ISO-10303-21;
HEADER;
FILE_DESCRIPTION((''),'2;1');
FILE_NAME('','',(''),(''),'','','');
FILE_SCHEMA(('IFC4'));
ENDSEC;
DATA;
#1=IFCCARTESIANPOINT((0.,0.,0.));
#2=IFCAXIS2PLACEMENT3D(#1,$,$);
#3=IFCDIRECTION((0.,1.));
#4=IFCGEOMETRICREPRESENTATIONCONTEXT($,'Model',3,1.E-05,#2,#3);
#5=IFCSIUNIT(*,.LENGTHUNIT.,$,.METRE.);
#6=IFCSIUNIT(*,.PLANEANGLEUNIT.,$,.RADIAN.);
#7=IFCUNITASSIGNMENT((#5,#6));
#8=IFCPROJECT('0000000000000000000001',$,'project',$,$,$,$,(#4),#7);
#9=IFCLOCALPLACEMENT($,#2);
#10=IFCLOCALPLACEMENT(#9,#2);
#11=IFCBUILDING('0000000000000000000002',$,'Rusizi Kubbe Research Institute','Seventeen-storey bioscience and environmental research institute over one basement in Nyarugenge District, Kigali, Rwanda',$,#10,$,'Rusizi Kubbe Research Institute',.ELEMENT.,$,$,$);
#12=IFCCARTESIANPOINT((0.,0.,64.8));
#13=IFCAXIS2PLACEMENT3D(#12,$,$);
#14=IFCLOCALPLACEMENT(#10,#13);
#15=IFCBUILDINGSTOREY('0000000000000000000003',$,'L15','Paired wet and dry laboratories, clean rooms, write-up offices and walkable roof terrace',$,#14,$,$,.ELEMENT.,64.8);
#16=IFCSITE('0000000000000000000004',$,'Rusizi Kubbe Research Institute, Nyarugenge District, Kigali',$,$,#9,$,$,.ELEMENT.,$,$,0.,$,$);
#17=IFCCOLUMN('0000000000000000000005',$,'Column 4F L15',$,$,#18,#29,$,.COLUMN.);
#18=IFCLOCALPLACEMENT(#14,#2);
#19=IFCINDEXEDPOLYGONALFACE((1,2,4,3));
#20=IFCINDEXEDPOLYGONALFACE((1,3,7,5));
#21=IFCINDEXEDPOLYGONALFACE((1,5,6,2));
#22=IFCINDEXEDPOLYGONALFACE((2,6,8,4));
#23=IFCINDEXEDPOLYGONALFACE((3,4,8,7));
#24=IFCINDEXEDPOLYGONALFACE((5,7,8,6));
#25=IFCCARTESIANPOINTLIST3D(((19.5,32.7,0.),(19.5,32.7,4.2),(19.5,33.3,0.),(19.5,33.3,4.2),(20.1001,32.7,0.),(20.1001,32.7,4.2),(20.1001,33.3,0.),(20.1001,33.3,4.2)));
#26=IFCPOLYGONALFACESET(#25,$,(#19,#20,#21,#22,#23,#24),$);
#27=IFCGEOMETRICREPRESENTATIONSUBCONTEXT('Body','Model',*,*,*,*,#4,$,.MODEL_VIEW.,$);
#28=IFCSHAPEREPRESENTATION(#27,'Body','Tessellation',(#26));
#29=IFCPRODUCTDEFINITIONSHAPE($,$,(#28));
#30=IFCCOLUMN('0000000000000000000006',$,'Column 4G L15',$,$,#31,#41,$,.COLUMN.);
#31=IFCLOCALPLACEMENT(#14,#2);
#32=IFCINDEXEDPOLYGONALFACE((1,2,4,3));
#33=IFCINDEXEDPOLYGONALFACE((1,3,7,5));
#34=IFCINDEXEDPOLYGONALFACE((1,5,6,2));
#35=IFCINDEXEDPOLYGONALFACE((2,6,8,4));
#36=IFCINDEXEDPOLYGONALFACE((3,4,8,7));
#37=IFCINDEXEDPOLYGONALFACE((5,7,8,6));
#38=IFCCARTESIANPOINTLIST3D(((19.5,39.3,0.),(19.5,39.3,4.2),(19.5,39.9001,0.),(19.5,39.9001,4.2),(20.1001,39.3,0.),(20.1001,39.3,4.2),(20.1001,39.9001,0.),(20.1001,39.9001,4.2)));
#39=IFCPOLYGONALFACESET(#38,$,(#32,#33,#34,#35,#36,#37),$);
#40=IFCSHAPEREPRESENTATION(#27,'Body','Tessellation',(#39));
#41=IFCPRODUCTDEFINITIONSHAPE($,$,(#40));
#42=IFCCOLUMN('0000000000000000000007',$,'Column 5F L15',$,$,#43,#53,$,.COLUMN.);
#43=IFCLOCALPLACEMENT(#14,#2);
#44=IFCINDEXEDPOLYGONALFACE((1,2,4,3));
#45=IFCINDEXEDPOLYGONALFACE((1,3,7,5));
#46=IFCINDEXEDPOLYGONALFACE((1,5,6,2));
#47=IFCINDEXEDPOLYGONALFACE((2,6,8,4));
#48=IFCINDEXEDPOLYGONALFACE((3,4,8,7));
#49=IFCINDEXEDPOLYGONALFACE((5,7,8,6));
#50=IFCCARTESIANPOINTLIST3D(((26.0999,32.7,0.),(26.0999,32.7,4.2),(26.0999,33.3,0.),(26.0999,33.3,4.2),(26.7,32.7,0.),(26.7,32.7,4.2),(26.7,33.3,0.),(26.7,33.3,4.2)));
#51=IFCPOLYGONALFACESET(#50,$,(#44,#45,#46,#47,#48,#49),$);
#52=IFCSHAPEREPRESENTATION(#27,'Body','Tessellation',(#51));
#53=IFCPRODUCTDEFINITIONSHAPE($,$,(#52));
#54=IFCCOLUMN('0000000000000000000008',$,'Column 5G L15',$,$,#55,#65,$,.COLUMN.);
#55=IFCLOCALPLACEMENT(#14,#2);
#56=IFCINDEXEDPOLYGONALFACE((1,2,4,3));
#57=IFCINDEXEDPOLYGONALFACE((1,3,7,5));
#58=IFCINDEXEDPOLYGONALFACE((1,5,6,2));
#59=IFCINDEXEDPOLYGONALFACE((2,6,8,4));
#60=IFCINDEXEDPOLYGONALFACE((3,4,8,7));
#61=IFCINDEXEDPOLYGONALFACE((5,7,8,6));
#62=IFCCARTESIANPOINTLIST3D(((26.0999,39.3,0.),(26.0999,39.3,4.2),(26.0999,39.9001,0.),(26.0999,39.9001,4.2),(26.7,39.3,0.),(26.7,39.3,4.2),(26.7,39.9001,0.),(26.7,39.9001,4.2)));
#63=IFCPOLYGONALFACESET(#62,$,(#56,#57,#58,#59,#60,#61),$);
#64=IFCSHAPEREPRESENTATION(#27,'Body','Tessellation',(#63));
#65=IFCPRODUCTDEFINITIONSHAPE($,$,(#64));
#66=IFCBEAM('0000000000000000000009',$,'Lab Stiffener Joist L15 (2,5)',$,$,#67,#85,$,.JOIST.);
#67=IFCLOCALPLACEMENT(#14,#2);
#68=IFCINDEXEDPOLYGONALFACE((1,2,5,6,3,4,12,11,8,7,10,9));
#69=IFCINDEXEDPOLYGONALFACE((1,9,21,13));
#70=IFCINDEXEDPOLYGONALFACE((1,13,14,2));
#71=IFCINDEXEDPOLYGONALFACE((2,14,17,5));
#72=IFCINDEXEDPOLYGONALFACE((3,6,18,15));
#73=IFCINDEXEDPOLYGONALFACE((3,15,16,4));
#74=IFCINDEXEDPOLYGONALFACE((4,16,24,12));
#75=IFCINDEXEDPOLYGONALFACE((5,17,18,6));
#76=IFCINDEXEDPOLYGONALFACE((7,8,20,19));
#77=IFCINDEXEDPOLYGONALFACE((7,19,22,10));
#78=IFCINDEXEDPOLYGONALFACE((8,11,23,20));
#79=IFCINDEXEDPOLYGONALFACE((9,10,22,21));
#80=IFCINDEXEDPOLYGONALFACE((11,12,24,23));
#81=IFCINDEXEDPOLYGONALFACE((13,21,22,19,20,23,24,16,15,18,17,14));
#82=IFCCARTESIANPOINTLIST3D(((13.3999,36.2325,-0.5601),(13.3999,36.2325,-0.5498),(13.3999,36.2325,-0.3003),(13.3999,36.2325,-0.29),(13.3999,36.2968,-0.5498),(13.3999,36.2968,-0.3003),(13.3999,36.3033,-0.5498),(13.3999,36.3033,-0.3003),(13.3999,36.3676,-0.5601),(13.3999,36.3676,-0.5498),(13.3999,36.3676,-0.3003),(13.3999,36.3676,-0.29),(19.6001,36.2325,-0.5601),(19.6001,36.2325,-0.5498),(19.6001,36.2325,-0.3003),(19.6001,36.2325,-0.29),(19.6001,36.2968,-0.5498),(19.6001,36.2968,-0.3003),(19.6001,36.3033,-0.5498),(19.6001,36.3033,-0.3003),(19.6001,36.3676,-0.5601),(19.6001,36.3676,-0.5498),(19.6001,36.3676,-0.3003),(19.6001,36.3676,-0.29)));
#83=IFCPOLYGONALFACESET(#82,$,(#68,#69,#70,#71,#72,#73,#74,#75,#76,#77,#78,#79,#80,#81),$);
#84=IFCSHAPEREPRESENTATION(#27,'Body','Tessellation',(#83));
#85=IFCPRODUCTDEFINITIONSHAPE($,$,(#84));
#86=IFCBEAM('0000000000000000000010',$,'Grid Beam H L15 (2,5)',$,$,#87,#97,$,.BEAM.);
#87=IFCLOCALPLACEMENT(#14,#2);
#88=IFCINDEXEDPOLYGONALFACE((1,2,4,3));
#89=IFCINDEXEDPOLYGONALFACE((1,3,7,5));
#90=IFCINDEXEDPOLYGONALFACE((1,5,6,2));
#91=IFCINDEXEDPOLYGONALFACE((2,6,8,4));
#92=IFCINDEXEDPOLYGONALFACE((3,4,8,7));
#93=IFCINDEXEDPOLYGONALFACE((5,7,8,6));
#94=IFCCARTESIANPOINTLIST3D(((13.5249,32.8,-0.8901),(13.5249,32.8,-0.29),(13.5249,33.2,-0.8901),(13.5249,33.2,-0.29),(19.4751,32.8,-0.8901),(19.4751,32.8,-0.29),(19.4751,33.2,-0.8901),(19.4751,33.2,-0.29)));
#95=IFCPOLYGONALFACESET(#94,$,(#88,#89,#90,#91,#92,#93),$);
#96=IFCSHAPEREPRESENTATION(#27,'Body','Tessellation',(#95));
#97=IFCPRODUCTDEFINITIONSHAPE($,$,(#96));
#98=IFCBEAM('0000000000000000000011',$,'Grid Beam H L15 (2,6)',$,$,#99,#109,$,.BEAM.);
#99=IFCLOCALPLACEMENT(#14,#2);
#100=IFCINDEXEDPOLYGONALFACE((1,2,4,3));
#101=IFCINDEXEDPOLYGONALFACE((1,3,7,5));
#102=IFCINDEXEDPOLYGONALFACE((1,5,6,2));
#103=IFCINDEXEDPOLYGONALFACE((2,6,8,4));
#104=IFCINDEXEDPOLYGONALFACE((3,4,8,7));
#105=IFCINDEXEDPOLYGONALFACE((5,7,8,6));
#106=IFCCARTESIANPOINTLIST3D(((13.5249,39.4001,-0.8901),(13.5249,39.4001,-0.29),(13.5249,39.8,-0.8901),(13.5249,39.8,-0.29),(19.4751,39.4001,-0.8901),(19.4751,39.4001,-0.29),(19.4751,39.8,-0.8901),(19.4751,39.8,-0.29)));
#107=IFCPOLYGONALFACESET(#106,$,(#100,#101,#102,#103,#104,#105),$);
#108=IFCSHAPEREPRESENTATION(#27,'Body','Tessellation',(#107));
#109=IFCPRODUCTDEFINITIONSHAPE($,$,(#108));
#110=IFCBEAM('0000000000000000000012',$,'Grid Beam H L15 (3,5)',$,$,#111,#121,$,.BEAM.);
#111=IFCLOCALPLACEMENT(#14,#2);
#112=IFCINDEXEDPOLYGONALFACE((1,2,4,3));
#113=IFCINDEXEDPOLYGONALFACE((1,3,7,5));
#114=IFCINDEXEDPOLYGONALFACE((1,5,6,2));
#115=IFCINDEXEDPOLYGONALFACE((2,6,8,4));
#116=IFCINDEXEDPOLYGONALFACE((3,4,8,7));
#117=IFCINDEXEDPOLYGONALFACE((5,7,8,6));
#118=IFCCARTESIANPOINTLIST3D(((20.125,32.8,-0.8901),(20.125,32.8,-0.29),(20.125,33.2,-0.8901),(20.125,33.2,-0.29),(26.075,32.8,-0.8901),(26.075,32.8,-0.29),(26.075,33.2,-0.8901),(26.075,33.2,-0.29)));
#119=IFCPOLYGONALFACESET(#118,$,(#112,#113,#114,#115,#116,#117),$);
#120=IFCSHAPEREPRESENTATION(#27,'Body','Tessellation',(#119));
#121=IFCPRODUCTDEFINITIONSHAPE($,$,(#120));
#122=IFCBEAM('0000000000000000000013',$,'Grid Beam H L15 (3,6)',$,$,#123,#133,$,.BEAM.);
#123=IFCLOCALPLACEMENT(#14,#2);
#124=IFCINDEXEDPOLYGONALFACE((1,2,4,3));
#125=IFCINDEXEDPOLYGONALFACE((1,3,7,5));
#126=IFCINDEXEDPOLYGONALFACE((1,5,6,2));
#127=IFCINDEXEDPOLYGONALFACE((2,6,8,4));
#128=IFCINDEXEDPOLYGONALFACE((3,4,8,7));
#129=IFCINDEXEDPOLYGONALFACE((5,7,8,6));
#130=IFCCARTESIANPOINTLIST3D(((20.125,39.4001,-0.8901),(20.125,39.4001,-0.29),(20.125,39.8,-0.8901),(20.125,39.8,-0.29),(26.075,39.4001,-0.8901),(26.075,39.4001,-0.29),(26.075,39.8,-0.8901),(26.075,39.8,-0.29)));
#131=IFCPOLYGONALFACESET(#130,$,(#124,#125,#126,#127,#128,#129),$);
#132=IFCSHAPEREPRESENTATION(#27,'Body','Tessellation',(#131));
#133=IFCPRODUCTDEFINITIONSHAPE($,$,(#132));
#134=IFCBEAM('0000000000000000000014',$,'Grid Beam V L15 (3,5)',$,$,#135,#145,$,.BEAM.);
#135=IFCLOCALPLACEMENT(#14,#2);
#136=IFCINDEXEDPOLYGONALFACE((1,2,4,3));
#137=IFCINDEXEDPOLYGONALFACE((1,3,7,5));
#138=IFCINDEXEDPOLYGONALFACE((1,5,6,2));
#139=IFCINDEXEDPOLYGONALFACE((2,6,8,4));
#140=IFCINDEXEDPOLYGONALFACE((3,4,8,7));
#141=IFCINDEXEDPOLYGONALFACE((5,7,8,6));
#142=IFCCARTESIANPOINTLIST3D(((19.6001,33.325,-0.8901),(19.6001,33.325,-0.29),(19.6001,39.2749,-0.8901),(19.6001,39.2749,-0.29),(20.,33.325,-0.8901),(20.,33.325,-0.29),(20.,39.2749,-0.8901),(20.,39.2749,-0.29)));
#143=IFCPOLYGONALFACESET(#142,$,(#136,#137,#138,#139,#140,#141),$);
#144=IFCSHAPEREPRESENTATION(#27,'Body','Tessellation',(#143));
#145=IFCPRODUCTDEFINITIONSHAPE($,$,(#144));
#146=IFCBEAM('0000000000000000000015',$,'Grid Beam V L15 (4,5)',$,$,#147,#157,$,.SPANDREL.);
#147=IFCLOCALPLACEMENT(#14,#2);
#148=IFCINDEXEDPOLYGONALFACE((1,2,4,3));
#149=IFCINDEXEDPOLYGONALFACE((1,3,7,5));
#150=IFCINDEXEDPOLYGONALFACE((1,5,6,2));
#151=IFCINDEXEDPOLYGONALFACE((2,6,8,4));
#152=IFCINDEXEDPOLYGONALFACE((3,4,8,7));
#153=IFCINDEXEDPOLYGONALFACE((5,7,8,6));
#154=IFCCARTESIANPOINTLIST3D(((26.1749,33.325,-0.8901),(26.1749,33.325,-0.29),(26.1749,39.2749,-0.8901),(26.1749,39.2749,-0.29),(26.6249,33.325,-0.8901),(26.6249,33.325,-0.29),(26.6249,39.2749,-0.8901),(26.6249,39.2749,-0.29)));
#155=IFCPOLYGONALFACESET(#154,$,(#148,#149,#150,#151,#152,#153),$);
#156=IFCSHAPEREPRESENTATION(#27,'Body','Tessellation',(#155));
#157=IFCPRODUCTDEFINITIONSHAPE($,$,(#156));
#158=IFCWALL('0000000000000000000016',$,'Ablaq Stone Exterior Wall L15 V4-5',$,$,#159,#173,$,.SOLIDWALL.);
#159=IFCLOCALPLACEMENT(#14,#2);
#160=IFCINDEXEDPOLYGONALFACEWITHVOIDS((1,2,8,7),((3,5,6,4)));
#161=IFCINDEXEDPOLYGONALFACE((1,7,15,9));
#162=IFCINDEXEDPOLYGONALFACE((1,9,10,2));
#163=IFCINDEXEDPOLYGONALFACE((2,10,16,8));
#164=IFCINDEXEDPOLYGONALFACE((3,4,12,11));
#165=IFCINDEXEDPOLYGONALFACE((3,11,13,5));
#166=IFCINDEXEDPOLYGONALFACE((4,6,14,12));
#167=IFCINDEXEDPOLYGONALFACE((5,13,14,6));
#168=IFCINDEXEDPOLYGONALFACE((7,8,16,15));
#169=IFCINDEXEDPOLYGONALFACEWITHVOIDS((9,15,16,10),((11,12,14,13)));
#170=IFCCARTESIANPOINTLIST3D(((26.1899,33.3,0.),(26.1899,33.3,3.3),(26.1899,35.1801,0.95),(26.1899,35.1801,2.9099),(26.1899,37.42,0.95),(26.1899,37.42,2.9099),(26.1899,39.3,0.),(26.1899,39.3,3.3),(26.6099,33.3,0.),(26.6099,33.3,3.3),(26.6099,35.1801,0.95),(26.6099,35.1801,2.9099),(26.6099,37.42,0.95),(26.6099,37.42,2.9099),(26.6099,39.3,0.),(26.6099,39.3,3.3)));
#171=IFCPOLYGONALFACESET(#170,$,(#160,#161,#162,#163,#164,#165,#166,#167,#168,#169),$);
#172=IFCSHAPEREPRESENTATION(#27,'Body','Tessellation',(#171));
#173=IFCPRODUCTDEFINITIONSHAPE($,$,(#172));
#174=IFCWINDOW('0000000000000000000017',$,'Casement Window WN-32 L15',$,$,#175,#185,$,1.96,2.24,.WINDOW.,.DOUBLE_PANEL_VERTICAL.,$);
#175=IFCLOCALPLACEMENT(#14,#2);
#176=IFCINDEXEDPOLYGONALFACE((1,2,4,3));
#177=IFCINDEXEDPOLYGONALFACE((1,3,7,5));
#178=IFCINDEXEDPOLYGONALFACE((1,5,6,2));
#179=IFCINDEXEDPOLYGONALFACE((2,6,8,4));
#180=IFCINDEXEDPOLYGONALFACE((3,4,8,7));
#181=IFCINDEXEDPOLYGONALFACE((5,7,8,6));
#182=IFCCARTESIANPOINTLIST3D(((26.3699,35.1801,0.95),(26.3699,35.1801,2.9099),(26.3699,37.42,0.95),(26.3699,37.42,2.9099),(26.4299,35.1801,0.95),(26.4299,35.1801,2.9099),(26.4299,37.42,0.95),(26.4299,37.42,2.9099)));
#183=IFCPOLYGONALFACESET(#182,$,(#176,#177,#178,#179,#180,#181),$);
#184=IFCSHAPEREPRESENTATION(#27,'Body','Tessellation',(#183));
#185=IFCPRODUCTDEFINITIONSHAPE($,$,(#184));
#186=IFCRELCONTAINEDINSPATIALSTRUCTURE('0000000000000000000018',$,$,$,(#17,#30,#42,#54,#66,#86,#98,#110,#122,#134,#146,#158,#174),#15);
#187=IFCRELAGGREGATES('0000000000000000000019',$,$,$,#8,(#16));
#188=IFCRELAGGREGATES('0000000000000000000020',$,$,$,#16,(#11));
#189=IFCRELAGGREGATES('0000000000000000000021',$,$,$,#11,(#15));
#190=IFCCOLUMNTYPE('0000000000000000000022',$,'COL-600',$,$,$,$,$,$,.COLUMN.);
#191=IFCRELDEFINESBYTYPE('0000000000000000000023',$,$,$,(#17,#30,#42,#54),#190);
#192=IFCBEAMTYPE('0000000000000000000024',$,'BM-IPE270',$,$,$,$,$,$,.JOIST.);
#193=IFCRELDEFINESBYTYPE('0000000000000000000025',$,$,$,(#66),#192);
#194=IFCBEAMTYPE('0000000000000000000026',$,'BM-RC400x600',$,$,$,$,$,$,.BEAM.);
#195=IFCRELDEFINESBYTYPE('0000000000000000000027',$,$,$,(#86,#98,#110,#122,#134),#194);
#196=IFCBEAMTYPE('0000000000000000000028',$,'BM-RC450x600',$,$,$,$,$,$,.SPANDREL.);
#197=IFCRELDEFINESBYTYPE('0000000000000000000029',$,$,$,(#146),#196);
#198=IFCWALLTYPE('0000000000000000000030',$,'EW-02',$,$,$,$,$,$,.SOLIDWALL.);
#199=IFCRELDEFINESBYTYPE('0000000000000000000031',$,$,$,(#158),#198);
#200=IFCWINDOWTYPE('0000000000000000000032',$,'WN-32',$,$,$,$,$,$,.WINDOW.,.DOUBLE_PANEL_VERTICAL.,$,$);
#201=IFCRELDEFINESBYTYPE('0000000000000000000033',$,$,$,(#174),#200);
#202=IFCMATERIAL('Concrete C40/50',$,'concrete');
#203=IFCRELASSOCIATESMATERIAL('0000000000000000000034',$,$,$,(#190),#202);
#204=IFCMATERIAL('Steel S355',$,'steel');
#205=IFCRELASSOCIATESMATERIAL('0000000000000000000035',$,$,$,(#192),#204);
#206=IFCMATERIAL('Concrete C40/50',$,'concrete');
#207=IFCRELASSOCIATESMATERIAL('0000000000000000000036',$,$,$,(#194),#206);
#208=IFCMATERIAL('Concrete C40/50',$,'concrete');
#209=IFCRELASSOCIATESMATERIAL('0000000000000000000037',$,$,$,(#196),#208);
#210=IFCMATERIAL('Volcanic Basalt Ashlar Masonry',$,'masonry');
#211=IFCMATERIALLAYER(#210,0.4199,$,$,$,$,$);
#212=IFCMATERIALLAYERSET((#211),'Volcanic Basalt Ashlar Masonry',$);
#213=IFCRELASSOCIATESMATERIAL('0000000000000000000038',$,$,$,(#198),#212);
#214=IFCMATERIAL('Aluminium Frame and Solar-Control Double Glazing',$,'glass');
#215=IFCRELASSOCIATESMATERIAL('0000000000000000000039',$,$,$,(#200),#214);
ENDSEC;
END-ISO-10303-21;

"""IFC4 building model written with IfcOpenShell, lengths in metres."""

from ifc_helpers import new_model, si_unit, direction, frame, frame_2d, origin, origin_2d, place, context, subcontext, project, spatial, rectangle, i_section, extrude, material, layer, layer_set, material_profile, profile_set, type_object, element, fill, save


model = new_model("IFC4")

# Units and contexts
model_context = context("Model", 3, precision=1e-05, world=origin(), true_north=direction((0.0, 1.0)))
body_context = subcontext(model_context, "Body", "Model", "MODEL_VIEW")
ifc_project = project(units=[si_unit("LENGTHUNIT", "METRE"), si_unit("PLANEANGLEUNIT", "RADIAN")], contexts=[model_context])

# Site, building, storey
site_placement = place(None, origin())
site = spatial("IfcSite", under=ifc_project, at=site_placement, Name="Rusizi Kubbe Research Institute, Nyarugenge District, Kigali", CompositionType="ELEMENT", RefElevation=0.0)
building_placement = place(site_placement, origin())
building = spatial("IfcBuilding", under=site, at=building_placement, Name="Rusizi Kubbe Research Institute", Description="Seventeen-storey bioscience and environmental research institute over one basement in Nyarugenge District, Kigali, Rwanda", LongName="Rusizi Kubbe Research Institute", CompositionType="ELEMENT")
storey_placement = place(building_placement, frame((0.0, 0.0, 64.8)))
storey = spatial("IfcBuildingStorey", under=building, at=storey_placement, Name="L15", Description="Paired wet and dry laboratories, clean rooms, write-up offices and walkable roof terrace", CompositionType="ELEMENT", Elevation=64.8)

# Columns
ifc_material_1 = material(Name="Concrete C40/50", Category="concrete")
ifc_material_profile_1 = material_profile(ifc_material_1, rectangle(XDim=0.6001, YDim=0.6001, at=origin_2d()), Name="RC600x600")
ifc_profile_set_1 = profile_set([ifc_material_profile_1], Name="Concrete C40/50")
column_type = type_object("IfcColumnType", Name="COL-600", PredefinedType="COLUMN", material=ifc_profile_set_1)
for number, where, z_axis, x_axis, name in (
    (1, (19.8, 33.0, 0.0), (0.0, 0.0, 1.0), (1.0, 0.0, 0.0), "Column 4F L15"),
    (2, (19.8, 39.6001, 0.0), (0.0, 0.0, 1.0), (1.0, 0.0, 0.0), "Column 4G L15"),
    (3, (26.3999, 33.0, 0.0), (0.0, 0.0, 1.0), (1.0, 0.0, 0.0), "Column 5F L15"),
    (4, (26.3999, 39.6001, 0.0), (0.0, 0.0, 1.0), (1.0, 0.0, 0.0), "Column 5G L15"),
):
    element("IfcColumn", number, at=place(storey_placement, frame(where, z_axis=z_axis, x_axis=x_axis)), inside=storey, type_object=column_type, Name=name, PredefinedType="COLUMN", context=body_context, shape_type="SweptSolid", body=[
        extrude(rectangle(XDim=0.6001, YDim=0.6001, at=origin_2d()), origin(), (0.0, 0.0, 1.0), 4.2),
    ])

# Beams
ifc_material_2 = material(Name="Steel S355", Category="steel")
ifc_material_profile_2 = material_profile(ifc_material_2, i_section(OverallWidth=0.135, OverallDepth=0.27, WebThickness=0.0066, FlangeThickness=0.0103, at=origin_2d()), Name="IPE 270")
ifc_profile_set_2 = profile_set([ifc_material_profile_2], Name="Steel S355")
beam_type_1 = type_object("IfcBeamType", Name="BM-IPE270", PredefinedType="JOIST", material=ifc_profile_set_2)
beam_1_placement = place(storey_placement, frame((13.3999, 36.3, -0.425), z_axis=(1.0, 0.0, 0.0), x_axis=(0.0, 1.0, 0.0)))
element("IfcBeam", 5, at=beam_1_placement, inside=storey, type_object=beam_type_1, Name="Lab Stiffener Joist L15 (2,5)", PredefinedType="JOIST", context=body_context, shape_type="SweptSolid", body=[
    extrude(i_section(OverallWidth=0.135, OverallDepth=0.27, WebThickness=0.0066, FlangeThickness=0.0103, at=origin_2d()), origin(), (0.0, 0.0, 1.0), 6.2002),
])
ifc_material_3 = material(Name="Concrete C40/50", Category="concrete")
ifc_material_profile_3 = material_profile(ifc_material_3, rectangle(XDim=0.3999, YDim=0.6001, at=origin_2d()), Name="RC400x600")
ifc_profile_set_3 = profile_set([ifc_material_profile_3], Name="Concrete C40/50")
beam_type_2 = type_object("IfcBeamType", Name="BM-RC400x600", PredefinedType="BEAM", material=ifc_profile_set_3)
for number, where, z_axis, x_axis, name in (
    (6, (13.5249, 33.0, -0.5901), (1.0, 0.0, 0.0), (0.0, 1.0, 0.0), "Grid Beam H L15 (2,5)"),
    (7, (13.5249, 39.6001, -0.5901), (1.0, 0.0, 0.0), (0.0, 1.0, 0.0), "Grid Beam H L15 (2,6)"),
):
    element("IfcBeam", number, at=place(storey_placement, frame(where, z_axis=z_axis, x_axis=x_axis)), inside=storey, type_object=beam_type_2, Name=name, PredefinedType="BEAM", context=body_context, shape_type="SweptSolid", body=[
        extrude(rectangle(XDim=0.3999, YDim=0.6001, at=origin_2d()), origin(), (0.0, 0.0, 1.0), 5.9502),
    ])
for number, where, z_axis, x_axis, name in (
    (8, (20.125, 33.0, -0.5901), (1.0, 0.0, 0.0), (0.0, 1.0, 0.0), "Grid Beam H L15 (3,5)"),
    (9, (20.125, 39.6001, -0.5901), (1.0, 0.0, 0.0), (0.0, 1.0, 0.0), "Grid Beam H L15 (3,6)"),
    (10, (19.8, 33.325, -0.5901), (0.0, 1.0, 0.0), (-1.0, 0.0, 0.0), "Grid Beam V L15 (3,5)"),
):
    element("IfcBeam", number, at=place(storey_placement, frame(where, z_axis=z_axis, x_axis=x_axis)), inside=storey, type_object=beam_type_2, Name=name, PredefinedType="BEAM", context=body_context, shape_type="SweptSolid", body=[
        extrude(rectangle(XDim=0.3999, YDim=0.6001, at=origin_2d()), origin(), (0.0, 0.0, 1.0), 5.95),
    ])
ifc_material_4 = material(Name="Concrete C40/50", Category="concrete")
ifc_material_profile_4 = material_profile(ifc_material_4, rectangle(XDim=0.45, YDim=0.6001, at=origin_2d()), Name="RC450x600")
ifc_profile_set_4 = profile_set([ifc_material_profile_4], Name="Concrete C40/50")
beam_type_3 = type_object("IfcBeamType", Name="BM-RC450x600", PredefinedType="SPANDREL", material=ifc_profile_set_4)
beam_2_placement = place(storey_placement, frame((26.3999, 33.325, -0.5901), z_axis=(0.0, 1.0, 0.0), x_axis=(-1.0, 0.0, 0.0)))
element("IfcBeam", 11, at=beam_2_placement, inside=storey, type_object=beam_type_3, Name="Grid Beam V L15 (4,5)", PredefinedType="SPANDREL", context=body_context, shape_type="SweptSolid", body=[
    extrude(rectangle(XDim=0.45, YDim=0.6001, at=origin_2d()), origin(), (0.0, 0.0, 1.0), 5.95),
])

# Wall, opening, window
ifc_material_5 = material(Name="Volcanic Basalt Ashlar Masonry", Category="masonry")
ifc_layer_1 = layer(ifc_material_5, 0.4199)
ifc_layer_set_1 = layer_set([ifc_layer_1], Name="Volcanic Basalt Ashlar Masonry")
wall_type_1 = type_object("IfcWallType", Name="EW-02", PredefinedType="SOLIDWALL", material=ifc_layer_set_1)
wall_1_placement = place(storey_placement, frame((26.3999, 33.3, 0.0), z_axis=(0.0, 0.0, 1.0), x_axis=(0.0, 1.0, 0.0)))
wall_1 = element("IfcWall", 12, at=wall_1_placement, inside=storey, type_object=wall_type_1, Name="Ablaq Stone Exterior Wall L15 V4-5", PredefinedType="SOLIDWALL", context=body_context, shape_type="SweptSolid", body=[
    extrude(rectangle(XDim=6.0, YDim=0.4199, at=frame_2d((3.0, 0.0))), origin(), (0.0, 0.0, 1.0), 3.3),
])
opening_placement = place(wall_1_placement, frame((1.8799, 0.0, 0.95)))
opening = element("IfcOpeningElement", 13, at=opening_placement, cuts=wall_1, PredefinedType="OPENING", context=body_context, shape_type="SweptSolid", body=[
    extrude(rectangle(XDim=2.24, YDim=1.96, at=frame_2d((1.1201, 0.98))), frame((0.0, 0.22, 0.0), z_axis=(0.0, -1.0, 0.0), x_axis=(1.0, 0.0, 0.0)), (0.0, 0.0, 1.0), 0.4399),
])
ifc_material_6 = material(Name="Aluminium Frame and Solar-Control Double Glazing", Category="glass")
window_type = type_object("IfcWindowType", Name="WN-32", PartitioningType="DOUBLE_PANEL_VERTICAL", PredefinedType="WINDOW", material=ifc_material_6)
window_placement = place(opening_placement, origin())
window = element("IfcWindow", 14, at=window_placement, inside=storey, type_object=window_type, Name="Casement Window WN-32 L15", OverallHeight=1.96, OverallWidth=2.24, PartitioningType="DOUBLE_PANEL_VERTICAL", PredefinedType="WINDOW", context=body_context, shape_type="SweptSolid", body=[
    extrude(rectangle(XDim=2.24, YDim=1.96, at=frame_2d((1.1201, 0.98))), frame((0.0, 0.03, 0.0), z_axis=(0.0, -1.0, 0.0), x_axis=(1.0, 0.0, 0.0)), (0.0, 0.0, 1.0), 0.0601),
])
fill(opening, window)

save(model, "model.ifc")
